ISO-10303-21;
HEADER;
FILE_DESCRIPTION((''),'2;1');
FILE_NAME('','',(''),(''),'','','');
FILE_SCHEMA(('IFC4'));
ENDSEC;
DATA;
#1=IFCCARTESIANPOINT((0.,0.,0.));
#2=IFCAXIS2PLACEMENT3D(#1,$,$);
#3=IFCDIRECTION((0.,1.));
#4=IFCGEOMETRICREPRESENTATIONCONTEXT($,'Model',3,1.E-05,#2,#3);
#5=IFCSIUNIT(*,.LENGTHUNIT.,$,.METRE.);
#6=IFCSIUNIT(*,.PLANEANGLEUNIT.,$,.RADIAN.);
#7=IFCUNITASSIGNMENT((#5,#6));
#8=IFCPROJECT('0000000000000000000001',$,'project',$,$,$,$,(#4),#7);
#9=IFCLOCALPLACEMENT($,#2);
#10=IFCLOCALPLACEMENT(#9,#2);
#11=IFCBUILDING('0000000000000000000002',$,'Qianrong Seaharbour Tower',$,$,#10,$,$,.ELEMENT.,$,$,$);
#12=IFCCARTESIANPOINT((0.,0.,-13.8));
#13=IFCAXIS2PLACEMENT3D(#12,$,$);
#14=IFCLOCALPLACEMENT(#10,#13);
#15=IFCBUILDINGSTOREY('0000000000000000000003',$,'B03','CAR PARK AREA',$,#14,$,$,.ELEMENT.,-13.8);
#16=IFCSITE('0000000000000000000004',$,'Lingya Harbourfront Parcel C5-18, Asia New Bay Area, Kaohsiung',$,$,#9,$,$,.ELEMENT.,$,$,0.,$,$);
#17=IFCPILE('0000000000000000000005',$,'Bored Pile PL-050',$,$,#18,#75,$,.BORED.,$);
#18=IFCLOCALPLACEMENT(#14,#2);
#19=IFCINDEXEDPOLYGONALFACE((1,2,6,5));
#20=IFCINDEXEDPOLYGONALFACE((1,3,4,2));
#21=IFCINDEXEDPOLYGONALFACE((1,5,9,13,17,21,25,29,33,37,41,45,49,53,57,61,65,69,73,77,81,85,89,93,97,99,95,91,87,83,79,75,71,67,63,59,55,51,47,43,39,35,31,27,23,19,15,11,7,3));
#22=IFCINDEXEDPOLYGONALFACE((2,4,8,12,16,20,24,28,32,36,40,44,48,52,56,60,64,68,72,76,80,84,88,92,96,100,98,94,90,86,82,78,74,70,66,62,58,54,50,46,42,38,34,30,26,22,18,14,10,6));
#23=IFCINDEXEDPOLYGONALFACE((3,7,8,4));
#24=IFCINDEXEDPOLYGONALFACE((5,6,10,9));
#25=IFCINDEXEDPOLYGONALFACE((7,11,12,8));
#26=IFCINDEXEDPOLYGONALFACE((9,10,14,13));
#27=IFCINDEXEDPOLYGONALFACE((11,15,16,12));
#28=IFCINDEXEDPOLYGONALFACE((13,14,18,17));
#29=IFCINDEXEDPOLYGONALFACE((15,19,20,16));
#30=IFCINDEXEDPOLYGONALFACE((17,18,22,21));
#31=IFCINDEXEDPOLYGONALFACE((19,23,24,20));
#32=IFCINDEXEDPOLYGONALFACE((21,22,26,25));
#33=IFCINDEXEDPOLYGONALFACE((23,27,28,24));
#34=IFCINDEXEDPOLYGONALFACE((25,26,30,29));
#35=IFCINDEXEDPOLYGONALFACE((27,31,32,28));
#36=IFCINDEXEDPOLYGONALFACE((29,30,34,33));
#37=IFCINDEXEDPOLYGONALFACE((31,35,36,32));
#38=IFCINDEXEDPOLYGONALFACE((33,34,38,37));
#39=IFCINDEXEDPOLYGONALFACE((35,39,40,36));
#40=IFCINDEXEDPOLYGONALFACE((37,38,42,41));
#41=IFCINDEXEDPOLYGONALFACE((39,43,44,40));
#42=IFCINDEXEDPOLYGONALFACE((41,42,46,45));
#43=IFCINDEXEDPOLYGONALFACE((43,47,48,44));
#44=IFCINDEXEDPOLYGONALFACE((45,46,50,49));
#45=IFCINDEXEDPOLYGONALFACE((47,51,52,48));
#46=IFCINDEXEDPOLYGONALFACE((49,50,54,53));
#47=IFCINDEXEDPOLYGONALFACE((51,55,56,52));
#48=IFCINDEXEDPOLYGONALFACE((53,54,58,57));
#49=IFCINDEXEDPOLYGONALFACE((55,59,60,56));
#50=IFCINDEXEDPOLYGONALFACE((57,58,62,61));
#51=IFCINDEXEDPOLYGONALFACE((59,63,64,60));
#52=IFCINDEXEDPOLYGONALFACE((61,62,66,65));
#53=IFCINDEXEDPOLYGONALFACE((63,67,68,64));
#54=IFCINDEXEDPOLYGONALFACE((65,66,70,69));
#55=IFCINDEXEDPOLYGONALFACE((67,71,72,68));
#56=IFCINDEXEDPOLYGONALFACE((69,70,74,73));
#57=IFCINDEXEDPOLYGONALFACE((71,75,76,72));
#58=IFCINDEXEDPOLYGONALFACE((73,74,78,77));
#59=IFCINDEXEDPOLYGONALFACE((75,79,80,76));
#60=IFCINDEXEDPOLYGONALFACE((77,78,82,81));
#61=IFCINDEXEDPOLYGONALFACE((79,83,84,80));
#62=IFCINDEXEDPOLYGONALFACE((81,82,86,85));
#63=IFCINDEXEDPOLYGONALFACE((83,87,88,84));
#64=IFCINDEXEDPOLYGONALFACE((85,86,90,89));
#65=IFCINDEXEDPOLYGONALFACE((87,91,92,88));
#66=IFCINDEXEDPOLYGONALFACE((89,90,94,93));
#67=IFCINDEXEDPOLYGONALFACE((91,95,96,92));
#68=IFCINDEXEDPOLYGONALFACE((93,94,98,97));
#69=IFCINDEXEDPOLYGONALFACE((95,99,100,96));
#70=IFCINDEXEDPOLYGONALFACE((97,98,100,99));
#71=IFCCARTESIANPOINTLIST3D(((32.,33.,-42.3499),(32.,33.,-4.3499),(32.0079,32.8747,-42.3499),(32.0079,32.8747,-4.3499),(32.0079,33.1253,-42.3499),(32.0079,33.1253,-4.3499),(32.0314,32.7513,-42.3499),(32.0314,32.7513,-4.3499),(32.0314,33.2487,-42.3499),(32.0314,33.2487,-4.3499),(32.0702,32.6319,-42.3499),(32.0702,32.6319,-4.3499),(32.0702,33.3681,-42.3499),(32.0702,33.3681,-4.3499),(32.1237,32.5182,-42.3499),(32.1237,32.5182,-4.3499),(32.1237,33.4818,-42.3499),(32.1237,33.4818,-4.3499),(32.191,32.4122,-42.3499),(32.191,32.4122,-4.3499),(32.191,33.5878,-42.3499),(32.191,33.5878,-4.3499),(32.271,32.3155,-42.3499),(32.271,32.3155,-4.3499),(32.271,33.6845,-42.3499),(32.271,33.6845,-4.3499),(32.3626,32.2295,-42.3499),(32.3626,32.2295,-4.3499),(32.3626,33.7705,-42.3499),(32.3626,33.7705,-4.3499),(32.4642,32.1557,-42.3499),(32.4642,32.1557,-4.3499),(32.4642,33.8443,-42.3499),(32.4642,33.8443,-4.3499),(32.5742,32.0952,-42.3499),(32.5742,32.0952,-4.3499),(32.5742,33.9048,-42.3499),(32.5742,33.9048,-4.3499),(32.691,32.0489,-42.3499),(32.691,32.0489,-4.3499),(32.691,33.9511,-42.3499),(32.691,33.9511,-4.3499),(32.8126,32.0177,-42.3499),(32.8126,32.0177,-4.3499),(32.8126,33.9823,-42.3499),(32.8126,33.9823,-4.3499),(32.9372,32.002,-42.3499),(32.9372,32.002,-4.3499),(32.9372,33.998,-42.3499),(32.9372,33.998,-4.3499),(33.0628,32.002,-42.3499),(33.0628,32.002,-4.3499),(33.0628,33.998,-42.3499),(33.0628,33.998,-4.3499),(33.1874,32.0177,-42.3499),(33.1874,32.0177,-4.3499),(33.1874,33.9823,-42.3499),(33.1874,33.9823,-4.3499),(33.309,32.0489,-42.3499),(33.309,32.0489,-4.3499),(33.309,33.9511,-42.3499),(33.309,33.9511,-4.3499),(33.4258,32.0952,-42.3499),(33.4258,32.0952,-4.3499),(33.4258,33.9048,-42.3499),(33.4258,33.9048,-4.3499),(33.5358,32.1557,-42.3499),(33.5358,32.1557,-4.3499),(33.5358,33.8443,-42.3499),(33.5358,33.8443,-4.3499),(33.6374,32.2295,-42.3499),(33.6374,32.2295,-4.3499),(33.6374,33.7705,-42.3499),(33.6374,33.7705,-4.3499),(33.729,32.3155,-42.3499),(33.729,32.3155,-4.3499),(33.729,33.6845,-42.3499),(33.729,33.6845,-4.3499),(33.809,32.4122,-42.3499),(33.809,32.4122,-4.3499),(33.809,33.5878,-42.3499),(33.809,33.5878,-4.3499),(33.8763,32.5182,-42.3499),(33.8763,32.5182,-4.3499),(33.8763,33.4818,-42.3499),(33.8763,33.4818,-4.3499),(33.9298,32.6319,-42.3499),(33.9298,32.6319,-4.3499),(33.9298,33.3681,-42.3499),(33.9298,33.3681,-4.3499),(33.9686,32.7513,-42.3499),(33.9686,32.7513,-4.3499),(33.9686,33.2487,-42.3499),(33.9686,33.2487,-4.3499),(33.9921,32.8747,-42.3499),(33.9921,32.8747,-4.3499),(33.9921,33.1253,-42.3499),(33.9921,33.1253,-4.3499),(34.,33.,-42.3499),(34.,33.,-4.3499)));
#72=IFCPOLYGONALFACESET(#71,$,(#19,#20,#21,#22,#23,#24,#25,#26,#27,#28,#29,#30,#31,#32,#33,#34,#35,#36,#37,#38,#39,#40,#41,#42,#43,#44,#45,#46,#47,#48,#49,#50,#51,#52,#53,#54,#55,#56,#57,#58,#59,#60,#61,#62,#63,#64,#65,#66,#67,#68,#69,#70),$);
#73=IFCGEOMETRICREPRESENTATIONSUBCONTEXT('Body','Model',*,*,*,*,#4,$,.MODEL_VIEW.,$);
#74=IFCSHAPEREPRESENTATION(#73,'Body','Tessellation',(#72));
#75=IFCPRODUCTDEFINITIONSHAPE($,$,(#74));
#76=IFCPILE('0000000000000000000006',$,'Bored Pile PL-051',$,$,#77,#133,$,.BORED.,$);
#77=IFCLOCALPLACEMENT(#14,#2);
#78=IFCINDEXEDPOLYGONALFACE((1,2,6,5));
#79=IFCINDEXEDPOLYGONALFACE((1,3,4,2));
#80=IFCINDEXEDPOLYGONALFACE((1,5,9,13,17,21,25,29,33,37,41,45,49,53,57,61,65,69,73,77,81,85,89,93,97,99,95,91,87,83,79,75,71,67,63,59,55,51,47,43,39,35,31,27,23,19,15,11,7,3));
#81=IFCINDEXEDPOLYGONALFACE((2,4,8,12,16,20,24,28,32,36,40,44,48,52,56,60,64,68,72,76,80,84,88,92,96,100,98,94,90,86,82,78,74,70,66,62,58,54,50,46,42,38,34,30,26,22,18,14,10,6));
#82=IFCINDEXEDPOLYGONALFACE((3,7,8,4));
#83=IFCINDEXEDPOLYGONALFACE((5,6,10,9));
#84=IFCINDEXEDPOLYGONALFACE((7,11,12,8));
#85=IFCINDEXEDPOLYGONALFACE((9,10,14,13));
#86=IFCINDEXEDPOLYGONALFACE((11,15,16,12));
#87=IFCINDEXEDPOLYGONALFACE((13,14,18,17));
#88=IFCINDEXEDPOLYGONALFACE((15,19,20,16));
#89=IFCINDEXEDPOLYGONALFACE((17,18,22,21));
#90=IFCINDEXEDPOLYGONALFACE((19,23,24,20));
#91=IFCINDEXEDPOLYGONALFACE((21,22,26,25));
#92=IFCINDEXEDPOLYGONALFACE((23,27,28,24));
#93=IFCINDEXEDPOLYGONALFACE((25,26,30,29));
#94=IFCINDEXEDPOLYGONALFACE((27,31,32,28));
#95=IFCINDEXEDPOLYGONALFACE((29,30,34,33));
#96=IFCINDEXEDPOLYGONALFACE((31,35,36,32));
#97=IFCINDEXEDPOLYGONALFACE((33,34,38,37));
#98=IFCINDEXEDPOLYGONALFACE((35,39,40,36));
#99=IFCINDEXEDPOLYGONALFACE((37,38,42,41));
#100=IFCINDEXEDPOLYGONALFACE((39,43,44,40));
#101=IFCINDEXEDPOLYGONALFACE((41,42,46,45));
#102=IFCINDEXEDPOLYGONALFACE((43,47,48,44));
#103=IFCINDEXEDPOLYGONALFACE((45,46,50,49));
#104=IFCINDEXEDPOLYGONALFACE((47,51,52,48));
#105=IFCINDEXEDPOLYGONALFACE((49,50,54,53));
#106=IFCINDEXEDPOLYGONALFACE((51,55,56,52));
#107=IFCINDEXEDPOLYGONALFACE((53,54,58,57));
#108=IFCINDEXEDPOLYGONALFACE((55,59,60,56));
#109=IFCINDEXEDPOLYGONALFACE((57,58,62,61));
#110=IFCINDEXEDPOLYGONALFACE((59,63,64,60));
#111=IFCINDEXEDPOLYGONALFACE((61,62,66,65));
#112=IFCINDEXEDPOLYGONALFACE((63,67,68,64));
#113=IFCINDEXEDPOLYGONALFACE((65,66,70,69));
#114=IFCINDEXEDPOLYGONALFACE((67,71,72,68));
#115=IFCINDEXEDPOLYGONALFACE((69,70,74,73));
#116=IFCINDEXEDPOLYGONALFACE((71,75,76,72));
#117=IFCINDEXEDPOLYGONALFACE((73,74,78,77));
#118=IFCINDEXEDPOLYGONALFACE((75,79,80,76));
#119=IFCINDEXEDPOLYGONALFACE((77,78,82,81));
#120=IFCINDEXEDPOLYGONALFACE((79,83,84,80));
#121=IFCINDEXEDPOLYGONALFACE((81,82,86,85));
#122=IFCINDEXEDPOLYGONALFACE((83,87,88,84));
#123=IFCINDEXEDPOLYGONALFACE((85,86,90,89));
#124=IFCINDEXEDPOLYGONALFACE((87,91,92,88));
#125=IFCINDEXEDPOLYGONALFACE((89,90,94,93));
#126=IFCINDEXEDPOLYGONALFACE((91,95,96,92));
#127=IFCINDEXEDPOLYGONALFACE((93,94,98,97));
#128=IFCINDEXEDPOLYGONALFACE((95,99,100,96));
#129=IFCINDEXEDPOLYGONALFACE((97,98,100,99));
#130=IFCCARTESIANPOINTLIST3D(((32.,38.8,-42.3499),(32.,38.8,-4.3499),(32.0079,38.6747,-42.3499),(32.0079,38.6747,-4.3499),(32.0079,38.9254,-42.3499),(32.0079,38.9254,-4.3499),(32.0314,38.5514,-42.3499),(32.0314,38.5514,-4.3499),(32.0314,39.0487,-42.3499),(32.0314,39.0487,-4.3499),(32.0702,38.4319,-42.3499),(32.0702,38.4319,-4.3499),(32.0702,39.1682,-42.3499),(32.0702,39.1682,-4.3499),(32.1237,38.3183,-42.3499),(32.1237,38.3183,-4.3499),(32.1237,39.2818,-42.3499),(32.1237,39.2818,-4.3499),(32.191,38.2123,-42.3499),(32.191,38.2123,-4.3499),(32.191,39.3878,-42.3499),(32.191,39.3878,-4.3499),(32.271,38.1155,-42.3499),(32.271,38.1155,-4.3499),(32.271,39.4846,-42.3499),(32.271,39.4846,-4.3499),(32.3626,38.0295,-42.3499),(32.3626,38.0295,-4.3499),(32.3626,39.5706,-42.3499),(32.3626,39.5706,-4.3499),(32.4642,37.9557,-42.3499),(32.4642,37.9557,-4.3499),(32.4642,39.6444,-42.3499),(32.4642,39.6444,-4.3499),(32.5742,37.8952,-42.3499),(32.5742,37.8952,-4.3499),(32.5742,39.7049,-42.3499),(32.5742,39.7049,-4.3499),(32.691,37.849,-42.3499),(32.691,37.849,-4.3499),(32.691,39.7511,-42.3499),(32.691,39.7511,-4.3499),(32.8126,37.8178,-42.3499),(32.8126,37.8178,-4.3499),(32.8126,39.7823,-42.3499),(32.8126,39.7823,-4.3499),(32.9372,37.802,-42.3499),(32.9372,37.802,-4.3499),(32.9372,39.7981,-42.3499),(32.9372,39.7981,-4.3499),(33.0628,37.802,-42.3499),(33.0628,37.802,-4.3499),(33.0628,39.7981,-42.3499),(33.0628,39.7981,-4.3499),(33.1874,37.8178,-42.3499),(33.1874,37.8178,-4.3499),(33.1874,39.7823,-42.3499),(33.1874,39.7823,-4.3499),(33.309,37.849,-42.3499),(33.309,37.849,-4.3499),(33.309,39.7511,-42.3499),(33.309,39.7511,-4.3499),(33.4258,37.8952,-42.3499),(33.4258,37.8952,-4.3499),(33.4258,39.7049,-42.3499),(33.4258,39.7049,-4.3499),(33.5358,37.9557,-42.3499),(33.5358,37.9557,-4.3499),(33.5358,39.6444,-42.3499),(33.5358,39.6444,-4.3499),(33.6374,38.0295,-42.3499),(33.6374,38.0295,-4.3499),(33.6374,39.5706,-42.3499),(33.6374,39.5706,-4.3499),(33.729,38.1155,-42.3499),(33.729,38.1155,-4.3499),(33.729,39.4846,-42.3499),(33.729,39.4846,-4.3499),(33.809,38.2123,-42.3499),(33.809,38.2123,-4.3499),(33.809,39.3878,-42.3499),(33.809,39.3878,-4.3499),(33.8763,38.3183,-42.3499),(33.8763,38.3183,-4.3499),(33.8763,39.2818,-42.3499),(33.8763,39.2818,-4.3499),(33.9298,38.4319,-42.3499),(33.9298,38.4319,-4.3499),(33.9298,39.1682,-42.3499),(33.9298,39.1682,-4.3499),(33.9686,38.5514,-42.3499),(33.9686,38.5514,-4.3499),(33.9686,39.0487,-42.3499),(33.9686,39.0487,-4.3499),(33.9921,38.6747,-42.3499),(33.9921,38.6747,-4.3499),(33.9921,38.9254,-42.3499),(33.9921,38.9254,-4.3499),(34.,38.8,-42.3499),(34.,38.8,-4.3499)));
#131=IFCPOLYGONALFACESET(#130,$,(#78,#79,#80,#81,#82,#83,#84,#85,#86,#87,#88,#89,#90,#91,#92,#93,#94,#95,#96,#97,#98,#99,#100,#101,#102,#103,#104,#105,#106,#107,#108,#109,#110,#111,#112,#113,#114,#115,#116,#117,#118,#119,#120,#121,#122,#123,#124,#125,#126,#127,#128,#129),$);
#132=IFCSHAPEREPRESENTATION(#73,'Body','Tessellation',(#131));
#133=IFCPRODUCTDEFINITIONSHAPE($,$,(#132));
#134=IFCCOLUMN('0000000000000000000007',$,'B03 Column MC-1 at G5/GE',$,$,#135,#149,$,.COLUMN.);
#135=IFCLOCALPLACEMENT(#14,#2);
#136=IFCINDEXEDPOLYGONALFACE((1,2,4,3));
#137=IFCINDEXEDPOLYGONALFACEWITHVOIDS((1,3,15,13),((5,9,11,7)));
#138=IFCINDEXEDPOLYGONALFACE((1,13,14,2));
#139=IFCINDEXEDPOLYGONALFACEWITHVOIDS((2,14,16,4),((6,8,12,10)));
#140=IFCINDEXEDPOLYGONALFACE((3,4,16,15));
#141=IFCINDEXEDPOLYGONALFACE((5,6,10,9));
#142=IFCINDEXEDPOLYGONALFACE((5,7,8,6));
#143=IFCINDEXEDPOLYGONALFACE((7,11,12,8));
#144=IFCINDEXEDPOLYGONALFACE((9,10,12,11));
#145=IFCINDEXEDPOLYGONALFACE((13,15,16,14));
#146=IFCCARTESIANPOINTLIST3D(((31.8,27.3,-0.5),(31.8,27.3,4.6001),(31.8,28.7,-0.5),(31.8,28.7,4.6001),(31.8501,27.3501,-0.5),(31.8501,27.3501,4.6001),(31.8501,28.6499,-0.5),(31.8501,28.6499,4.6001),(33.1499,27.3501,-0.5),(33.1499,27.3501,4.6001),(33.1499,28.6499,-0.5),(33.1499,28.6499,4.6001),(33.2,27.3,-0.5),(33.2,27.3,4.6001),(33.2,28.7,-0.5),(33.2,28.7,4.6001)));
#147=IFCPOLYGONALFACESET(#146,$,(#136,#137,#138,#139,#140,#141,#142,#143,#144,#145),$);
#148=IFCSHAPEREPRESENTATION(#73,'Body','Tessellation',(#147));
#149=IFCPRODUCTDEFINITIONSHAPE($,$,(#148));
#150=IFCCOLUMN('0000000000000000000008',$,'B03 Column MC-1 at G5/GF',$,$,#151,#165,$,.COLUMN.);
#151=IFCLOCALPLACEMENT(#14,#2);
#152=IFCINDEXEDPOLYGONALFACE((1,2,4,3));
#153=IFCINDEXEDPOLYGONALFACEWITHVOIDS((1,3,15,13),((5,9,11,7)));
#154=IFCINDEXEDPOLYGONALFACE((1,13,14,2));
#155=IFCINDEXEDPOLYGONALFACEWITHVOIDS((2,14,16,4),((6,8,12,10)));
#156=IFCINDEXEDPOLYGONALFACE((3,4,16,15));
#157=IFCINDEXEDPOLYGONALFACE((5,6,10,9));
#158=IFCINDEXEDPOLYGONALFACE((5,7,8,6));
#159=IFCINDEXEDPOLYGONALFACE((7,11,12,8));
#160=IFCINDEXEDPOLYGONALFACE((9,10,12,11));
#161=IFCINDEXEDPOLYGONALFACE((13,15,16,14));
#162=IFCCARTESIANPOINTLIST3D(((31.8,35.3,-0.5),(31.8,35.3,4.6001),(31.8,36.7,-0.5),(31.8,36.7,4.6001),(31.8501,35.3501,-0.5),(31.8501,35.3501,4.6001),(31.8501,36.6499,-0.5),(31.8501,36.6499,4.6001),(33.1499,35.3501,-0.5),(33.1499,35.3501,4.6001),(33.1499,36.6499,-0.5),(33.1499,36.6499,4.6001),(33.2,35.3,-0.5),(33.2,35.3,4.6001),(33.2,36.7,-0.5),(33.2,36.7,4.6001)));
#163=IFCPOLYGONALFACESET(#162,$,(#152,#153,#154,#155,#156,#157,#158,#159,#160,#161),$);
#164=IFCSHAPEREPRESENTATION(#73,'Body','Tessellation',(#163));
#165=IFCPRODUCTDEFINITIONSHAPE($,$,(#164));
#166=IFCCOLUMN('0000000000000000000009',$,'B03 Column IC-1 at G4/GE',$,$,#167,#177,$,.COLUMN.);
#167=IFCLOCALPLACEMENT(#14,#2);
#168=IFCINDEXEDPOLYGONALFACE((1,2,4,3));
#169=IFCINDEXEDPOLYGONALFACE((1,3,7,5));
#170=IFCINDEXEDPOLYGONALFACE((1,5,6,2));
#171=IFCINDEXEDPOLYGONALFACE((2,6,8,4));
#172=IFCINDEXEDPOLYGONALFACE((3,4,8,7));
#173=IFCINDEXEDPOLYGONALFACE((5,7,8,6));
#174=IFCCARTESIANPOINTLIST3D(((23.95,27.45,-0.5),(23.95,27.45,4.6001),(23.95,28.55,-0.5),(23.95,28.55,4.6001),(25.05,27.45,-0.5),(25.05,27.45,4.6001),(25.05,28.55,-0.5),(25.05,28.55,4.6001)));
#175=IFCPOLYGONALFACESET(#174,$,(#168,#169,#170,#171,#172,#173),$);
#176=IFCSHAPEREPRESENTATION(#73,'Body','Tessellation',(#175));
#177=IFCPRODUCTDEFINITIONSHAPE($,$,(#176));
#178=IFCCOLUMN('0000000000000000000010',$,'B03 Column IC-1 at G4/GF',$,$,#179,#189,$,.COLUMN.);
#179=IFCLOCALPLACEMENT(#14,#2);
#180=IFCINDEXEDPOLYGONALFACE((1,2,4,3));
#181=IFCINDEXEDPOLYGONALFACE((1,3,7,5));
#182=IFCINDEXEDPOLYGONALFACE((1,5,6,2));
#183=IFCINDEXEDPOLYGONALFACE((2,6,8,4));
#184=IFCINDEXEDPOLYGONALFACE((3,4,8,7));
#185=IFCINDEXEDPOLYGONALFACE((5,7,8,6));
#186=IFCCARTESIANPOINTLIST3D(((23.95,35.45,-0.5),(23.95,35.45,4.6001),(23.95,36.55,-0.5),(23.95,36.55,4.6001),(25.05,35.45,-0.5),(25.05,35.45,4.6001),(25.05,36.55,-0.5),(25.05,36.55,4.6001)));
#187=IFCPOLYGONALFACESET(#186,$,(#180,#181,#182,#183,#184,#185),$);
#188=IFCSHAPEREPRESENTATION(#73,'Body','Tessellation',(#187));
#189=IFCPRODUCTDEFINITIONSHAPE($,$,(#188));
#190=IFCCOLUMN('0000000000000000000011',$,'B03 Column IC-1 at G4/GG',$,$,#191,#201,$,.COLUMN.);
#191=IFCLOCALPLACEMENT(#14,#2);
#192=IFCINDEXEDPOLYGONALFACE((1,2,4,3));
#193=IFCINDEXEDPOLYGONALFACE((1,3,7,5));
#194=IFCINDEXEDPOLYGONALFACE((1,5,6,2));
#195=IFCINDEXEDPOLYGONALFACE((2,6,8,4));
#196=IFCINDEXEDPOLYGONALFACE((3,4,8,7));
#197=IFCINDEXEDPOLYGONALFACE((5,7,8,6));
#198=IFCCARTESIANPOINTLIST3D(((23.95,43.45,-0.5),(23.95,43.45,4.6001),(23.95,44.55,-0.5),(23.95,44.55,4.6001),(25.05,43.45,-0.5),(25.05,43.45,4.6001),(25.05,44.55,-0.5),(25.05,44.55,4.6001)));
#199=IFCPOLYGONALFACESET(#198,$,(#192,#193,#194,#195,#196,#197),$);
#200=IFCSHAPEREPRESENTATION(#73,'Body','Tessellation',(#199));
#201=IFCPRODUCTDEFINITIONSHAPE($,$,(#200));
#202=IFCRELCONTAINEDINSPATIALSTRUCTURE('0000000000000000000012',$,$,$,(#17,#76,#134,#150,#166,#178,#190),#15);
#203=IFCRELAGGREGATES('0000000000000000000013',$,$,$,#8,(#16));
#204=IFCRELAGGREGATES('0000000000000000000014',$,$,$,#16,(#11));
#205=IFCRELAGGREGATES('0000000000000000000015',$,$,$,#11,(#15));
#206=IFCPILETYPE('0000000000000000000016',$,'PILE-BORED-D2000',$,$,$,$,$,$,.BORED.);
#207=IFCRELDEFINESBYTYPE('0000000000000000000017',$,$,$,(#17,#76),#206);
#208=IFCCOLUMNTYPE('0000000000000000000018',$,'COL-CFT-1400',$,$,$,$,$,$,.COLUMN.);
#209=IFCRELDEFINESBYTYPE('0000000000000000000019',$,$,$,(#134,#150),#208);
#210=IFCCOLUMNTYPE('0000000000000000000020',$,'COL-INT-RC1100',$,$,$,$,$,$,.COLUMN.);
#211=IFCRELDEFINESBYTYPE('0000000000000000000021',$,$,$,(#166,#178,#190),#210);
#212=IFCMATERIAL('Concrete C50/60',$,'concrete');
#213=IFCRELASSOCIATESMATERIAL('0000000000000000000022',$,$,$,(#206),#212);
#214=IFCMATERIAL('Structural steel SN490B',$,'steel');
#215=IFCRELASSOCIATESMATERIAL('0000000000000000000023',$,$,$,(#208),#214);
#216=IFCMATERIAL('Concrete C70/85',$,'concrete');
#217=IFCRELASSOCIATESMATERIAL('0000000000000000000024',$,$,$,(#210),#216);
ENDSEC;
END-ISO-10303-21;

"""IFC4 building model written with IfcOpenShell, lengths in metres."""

from ifc_helpers import new_model, si_unit, direction, frame, origin, origin_2d, place, context, subcontext, project, spatial, rectangle, hollow_rectangle, circle, extrude, material, material_profile, profile_set, type_object, element, save


model = new_model("IFC4")

# Units and contexts
model_context = context("Model", 3, precision=1e-05, world=origin(), true_north=direction((0.0, 1.0)))
body_context = subcontext(model_context, "Body", "Model", "MODEL_VIEW")
ifc_project = project(units=[si_unit("LENGTHUNIT", "METRE"), si_unit("PLANEANGLEUNIT", "RADIAN")], contexts=[model_context])

# Site, building, storey
site_placement = place(None, origin())
site = spatial("IfcSite", under=ifc_project, at=site_placement, Name="Lingya Harbourfront Parcel C5-18, Asia New Bay Area, Kaohsiung", CompositionType="ELEMENT", RefElevation=0.0)
building_placement = place(site_placement, origin())
building = spatial("IfcBuilding", under=site, at=building_placement, Name="Qianrong Seaharbour Tower", CompositionType="ELEMENT")
storey_placement = place(building_placement, frame((0.0, 0.0, -13.8)))
storey = spatial("IfcBuildingStorey", under=building, at=storey_placement, Name="B03", Description="CAR PARK AREA", CompositionType="ELEMENT", Elevation=-13.8)

# Piles
ifc_material_1 = material(Name="Concrete C50/60", Category="concrete")
ifc_material_profile_1 = material_profile(ifc_material_1, circle(Radius=1.0, at=origin_2d()), Name="PILE-D2000")
ifc_profile_set_1 = profile_set([ifc_material_profile_1], Name="Concrete C50/60")
pile_type_1 = type_object("IfcPileType", Name="PILE-BORED-D2000", PredefinedType="BORED", material=ifc_profile_set_1)
for number, where, z_axis, x_axis, name in (
    (1, (33.0, 33.0, -4.3499), (0.0, 0.0, -1.0), (1.0, 0.0, 0.0), "Bored Pile PL-050"),
    (2, (33.0, 38.8, -4.3499), (0.0, 0.0, -1.0), (1.0, 0.0, 0.0), "Bored Pile PL-051"),
):
    element("IfcPile", number, at=place(storey_placement, frame(where, z_axis=z_axis, x_axis=x_axis)), inside=storey, type_object=pile_type_1, Name=name, PredefinedType="BORED", context=body_context, shape_type="SweptSolid", body=[
        extrude(circle(Radius=1.0, at=origin_2d()), origin(), (0.0, 0.0, 1.0), 38.0),
    ])

# Columns
ifc_material_2 = material(Name="Structural steel SN490B", Category="steel")
ifc_material_profile_2 = material_profile(ifc_material_2, hollow_rectangle(XDim=1.3999, YDim=1.3999, WallThickness=0.05, at=origin_2d()), Name="BOX1400x1400x50")
ifc_profile_set_2 = profile_set([ifc_material_profile_2], Name="Structural steel SN490B")
column_type_1 = type_object("IfcColumnType", Name="COL-CFT-1400", PredefinedType="COLUMN", material=ifc_profile_set_2)
for number, where, z_axis, x_axis, name in (
    (3, (32.5, 28.0, -0.5), (0.0, 0.0, 1.0), (1.0, 0.0, 0.0), "B03 Column MC-1 at G5/GE"),
    (4, (32.5, 36.0, -0.5), (0.0, 0.0, 1.0), (1.0, 0.0, 0.0), "B03 Column MC-1 at G5/GF"),
):
    element("IfcColumn", number, at=place(storey_placement, frame(where, z_axis=z_axis, x_axis=x_axis)), inside=storey, type_object=column_type_1, Name=name, PredefinedType="COLUMN", context=body_context, shape_type="SweptSolid", body=[
        extrude(hollow_rectangle(XDim=1.3999, YDim=1.3999, WallThickness=0.05, at=origin_2d()), origin(), (0.0, 0.0, 1.0), 5.1001),
    ])
ifc_material_3 = material(Name="Concrete C70/85", Category="concrete")
ifc_material_profile_3 = material_profile(ifc_material_3, rectangle(XDim=1.1001, YDim=1.1001, at=origin_2d()), Name="RC1100x1100")
ifc_profile_set_3 = profile_set([ifc_material_profile_3], Name="Concrete C70/85")
column_type_2 = type_object("IfcColumnType", Name="COL-INT-RC1100", PredefinedType="COLUMN", material=ifc_profile_set_3)
for number, where, z_axis, x_axis, name in (
    (5, (24.5, 28.0, -0.5), (0.0, 0.0, 1.0), (1.0, 0.0, 0.0), "B03 Column IC-1 at G4/GE"),
    (6, (24.5, 36.0, -0.5), (0.0, 0.0, 1.0), (1.0, 0.0, 0.0), "B03 Column IC-1 at G4/GF"),
    (7, (24.5, 44.0, -0.5), (0.0, 0.0, 1.0), (1.0, 0.0, 0.0), "B03 Column IC-1 at G4/GG"),
):
    element("IfcColumn", number, at=place(storey_placement, frame(where, z_axis=z_axis, x_axis=x_axis)), inside=storey, type_object=column_type_2, Name=name, PredefinedType="COLUMN", context=body_context, shape_type="SweptSolid", body=[
        extrude(rectangle(XDim=1.1001, YDim=1.1001, at=origin_2d()), origin(), (0.0, 0.0, 1.0), 5.1001),
    ])

save(model, "model.ifc")
